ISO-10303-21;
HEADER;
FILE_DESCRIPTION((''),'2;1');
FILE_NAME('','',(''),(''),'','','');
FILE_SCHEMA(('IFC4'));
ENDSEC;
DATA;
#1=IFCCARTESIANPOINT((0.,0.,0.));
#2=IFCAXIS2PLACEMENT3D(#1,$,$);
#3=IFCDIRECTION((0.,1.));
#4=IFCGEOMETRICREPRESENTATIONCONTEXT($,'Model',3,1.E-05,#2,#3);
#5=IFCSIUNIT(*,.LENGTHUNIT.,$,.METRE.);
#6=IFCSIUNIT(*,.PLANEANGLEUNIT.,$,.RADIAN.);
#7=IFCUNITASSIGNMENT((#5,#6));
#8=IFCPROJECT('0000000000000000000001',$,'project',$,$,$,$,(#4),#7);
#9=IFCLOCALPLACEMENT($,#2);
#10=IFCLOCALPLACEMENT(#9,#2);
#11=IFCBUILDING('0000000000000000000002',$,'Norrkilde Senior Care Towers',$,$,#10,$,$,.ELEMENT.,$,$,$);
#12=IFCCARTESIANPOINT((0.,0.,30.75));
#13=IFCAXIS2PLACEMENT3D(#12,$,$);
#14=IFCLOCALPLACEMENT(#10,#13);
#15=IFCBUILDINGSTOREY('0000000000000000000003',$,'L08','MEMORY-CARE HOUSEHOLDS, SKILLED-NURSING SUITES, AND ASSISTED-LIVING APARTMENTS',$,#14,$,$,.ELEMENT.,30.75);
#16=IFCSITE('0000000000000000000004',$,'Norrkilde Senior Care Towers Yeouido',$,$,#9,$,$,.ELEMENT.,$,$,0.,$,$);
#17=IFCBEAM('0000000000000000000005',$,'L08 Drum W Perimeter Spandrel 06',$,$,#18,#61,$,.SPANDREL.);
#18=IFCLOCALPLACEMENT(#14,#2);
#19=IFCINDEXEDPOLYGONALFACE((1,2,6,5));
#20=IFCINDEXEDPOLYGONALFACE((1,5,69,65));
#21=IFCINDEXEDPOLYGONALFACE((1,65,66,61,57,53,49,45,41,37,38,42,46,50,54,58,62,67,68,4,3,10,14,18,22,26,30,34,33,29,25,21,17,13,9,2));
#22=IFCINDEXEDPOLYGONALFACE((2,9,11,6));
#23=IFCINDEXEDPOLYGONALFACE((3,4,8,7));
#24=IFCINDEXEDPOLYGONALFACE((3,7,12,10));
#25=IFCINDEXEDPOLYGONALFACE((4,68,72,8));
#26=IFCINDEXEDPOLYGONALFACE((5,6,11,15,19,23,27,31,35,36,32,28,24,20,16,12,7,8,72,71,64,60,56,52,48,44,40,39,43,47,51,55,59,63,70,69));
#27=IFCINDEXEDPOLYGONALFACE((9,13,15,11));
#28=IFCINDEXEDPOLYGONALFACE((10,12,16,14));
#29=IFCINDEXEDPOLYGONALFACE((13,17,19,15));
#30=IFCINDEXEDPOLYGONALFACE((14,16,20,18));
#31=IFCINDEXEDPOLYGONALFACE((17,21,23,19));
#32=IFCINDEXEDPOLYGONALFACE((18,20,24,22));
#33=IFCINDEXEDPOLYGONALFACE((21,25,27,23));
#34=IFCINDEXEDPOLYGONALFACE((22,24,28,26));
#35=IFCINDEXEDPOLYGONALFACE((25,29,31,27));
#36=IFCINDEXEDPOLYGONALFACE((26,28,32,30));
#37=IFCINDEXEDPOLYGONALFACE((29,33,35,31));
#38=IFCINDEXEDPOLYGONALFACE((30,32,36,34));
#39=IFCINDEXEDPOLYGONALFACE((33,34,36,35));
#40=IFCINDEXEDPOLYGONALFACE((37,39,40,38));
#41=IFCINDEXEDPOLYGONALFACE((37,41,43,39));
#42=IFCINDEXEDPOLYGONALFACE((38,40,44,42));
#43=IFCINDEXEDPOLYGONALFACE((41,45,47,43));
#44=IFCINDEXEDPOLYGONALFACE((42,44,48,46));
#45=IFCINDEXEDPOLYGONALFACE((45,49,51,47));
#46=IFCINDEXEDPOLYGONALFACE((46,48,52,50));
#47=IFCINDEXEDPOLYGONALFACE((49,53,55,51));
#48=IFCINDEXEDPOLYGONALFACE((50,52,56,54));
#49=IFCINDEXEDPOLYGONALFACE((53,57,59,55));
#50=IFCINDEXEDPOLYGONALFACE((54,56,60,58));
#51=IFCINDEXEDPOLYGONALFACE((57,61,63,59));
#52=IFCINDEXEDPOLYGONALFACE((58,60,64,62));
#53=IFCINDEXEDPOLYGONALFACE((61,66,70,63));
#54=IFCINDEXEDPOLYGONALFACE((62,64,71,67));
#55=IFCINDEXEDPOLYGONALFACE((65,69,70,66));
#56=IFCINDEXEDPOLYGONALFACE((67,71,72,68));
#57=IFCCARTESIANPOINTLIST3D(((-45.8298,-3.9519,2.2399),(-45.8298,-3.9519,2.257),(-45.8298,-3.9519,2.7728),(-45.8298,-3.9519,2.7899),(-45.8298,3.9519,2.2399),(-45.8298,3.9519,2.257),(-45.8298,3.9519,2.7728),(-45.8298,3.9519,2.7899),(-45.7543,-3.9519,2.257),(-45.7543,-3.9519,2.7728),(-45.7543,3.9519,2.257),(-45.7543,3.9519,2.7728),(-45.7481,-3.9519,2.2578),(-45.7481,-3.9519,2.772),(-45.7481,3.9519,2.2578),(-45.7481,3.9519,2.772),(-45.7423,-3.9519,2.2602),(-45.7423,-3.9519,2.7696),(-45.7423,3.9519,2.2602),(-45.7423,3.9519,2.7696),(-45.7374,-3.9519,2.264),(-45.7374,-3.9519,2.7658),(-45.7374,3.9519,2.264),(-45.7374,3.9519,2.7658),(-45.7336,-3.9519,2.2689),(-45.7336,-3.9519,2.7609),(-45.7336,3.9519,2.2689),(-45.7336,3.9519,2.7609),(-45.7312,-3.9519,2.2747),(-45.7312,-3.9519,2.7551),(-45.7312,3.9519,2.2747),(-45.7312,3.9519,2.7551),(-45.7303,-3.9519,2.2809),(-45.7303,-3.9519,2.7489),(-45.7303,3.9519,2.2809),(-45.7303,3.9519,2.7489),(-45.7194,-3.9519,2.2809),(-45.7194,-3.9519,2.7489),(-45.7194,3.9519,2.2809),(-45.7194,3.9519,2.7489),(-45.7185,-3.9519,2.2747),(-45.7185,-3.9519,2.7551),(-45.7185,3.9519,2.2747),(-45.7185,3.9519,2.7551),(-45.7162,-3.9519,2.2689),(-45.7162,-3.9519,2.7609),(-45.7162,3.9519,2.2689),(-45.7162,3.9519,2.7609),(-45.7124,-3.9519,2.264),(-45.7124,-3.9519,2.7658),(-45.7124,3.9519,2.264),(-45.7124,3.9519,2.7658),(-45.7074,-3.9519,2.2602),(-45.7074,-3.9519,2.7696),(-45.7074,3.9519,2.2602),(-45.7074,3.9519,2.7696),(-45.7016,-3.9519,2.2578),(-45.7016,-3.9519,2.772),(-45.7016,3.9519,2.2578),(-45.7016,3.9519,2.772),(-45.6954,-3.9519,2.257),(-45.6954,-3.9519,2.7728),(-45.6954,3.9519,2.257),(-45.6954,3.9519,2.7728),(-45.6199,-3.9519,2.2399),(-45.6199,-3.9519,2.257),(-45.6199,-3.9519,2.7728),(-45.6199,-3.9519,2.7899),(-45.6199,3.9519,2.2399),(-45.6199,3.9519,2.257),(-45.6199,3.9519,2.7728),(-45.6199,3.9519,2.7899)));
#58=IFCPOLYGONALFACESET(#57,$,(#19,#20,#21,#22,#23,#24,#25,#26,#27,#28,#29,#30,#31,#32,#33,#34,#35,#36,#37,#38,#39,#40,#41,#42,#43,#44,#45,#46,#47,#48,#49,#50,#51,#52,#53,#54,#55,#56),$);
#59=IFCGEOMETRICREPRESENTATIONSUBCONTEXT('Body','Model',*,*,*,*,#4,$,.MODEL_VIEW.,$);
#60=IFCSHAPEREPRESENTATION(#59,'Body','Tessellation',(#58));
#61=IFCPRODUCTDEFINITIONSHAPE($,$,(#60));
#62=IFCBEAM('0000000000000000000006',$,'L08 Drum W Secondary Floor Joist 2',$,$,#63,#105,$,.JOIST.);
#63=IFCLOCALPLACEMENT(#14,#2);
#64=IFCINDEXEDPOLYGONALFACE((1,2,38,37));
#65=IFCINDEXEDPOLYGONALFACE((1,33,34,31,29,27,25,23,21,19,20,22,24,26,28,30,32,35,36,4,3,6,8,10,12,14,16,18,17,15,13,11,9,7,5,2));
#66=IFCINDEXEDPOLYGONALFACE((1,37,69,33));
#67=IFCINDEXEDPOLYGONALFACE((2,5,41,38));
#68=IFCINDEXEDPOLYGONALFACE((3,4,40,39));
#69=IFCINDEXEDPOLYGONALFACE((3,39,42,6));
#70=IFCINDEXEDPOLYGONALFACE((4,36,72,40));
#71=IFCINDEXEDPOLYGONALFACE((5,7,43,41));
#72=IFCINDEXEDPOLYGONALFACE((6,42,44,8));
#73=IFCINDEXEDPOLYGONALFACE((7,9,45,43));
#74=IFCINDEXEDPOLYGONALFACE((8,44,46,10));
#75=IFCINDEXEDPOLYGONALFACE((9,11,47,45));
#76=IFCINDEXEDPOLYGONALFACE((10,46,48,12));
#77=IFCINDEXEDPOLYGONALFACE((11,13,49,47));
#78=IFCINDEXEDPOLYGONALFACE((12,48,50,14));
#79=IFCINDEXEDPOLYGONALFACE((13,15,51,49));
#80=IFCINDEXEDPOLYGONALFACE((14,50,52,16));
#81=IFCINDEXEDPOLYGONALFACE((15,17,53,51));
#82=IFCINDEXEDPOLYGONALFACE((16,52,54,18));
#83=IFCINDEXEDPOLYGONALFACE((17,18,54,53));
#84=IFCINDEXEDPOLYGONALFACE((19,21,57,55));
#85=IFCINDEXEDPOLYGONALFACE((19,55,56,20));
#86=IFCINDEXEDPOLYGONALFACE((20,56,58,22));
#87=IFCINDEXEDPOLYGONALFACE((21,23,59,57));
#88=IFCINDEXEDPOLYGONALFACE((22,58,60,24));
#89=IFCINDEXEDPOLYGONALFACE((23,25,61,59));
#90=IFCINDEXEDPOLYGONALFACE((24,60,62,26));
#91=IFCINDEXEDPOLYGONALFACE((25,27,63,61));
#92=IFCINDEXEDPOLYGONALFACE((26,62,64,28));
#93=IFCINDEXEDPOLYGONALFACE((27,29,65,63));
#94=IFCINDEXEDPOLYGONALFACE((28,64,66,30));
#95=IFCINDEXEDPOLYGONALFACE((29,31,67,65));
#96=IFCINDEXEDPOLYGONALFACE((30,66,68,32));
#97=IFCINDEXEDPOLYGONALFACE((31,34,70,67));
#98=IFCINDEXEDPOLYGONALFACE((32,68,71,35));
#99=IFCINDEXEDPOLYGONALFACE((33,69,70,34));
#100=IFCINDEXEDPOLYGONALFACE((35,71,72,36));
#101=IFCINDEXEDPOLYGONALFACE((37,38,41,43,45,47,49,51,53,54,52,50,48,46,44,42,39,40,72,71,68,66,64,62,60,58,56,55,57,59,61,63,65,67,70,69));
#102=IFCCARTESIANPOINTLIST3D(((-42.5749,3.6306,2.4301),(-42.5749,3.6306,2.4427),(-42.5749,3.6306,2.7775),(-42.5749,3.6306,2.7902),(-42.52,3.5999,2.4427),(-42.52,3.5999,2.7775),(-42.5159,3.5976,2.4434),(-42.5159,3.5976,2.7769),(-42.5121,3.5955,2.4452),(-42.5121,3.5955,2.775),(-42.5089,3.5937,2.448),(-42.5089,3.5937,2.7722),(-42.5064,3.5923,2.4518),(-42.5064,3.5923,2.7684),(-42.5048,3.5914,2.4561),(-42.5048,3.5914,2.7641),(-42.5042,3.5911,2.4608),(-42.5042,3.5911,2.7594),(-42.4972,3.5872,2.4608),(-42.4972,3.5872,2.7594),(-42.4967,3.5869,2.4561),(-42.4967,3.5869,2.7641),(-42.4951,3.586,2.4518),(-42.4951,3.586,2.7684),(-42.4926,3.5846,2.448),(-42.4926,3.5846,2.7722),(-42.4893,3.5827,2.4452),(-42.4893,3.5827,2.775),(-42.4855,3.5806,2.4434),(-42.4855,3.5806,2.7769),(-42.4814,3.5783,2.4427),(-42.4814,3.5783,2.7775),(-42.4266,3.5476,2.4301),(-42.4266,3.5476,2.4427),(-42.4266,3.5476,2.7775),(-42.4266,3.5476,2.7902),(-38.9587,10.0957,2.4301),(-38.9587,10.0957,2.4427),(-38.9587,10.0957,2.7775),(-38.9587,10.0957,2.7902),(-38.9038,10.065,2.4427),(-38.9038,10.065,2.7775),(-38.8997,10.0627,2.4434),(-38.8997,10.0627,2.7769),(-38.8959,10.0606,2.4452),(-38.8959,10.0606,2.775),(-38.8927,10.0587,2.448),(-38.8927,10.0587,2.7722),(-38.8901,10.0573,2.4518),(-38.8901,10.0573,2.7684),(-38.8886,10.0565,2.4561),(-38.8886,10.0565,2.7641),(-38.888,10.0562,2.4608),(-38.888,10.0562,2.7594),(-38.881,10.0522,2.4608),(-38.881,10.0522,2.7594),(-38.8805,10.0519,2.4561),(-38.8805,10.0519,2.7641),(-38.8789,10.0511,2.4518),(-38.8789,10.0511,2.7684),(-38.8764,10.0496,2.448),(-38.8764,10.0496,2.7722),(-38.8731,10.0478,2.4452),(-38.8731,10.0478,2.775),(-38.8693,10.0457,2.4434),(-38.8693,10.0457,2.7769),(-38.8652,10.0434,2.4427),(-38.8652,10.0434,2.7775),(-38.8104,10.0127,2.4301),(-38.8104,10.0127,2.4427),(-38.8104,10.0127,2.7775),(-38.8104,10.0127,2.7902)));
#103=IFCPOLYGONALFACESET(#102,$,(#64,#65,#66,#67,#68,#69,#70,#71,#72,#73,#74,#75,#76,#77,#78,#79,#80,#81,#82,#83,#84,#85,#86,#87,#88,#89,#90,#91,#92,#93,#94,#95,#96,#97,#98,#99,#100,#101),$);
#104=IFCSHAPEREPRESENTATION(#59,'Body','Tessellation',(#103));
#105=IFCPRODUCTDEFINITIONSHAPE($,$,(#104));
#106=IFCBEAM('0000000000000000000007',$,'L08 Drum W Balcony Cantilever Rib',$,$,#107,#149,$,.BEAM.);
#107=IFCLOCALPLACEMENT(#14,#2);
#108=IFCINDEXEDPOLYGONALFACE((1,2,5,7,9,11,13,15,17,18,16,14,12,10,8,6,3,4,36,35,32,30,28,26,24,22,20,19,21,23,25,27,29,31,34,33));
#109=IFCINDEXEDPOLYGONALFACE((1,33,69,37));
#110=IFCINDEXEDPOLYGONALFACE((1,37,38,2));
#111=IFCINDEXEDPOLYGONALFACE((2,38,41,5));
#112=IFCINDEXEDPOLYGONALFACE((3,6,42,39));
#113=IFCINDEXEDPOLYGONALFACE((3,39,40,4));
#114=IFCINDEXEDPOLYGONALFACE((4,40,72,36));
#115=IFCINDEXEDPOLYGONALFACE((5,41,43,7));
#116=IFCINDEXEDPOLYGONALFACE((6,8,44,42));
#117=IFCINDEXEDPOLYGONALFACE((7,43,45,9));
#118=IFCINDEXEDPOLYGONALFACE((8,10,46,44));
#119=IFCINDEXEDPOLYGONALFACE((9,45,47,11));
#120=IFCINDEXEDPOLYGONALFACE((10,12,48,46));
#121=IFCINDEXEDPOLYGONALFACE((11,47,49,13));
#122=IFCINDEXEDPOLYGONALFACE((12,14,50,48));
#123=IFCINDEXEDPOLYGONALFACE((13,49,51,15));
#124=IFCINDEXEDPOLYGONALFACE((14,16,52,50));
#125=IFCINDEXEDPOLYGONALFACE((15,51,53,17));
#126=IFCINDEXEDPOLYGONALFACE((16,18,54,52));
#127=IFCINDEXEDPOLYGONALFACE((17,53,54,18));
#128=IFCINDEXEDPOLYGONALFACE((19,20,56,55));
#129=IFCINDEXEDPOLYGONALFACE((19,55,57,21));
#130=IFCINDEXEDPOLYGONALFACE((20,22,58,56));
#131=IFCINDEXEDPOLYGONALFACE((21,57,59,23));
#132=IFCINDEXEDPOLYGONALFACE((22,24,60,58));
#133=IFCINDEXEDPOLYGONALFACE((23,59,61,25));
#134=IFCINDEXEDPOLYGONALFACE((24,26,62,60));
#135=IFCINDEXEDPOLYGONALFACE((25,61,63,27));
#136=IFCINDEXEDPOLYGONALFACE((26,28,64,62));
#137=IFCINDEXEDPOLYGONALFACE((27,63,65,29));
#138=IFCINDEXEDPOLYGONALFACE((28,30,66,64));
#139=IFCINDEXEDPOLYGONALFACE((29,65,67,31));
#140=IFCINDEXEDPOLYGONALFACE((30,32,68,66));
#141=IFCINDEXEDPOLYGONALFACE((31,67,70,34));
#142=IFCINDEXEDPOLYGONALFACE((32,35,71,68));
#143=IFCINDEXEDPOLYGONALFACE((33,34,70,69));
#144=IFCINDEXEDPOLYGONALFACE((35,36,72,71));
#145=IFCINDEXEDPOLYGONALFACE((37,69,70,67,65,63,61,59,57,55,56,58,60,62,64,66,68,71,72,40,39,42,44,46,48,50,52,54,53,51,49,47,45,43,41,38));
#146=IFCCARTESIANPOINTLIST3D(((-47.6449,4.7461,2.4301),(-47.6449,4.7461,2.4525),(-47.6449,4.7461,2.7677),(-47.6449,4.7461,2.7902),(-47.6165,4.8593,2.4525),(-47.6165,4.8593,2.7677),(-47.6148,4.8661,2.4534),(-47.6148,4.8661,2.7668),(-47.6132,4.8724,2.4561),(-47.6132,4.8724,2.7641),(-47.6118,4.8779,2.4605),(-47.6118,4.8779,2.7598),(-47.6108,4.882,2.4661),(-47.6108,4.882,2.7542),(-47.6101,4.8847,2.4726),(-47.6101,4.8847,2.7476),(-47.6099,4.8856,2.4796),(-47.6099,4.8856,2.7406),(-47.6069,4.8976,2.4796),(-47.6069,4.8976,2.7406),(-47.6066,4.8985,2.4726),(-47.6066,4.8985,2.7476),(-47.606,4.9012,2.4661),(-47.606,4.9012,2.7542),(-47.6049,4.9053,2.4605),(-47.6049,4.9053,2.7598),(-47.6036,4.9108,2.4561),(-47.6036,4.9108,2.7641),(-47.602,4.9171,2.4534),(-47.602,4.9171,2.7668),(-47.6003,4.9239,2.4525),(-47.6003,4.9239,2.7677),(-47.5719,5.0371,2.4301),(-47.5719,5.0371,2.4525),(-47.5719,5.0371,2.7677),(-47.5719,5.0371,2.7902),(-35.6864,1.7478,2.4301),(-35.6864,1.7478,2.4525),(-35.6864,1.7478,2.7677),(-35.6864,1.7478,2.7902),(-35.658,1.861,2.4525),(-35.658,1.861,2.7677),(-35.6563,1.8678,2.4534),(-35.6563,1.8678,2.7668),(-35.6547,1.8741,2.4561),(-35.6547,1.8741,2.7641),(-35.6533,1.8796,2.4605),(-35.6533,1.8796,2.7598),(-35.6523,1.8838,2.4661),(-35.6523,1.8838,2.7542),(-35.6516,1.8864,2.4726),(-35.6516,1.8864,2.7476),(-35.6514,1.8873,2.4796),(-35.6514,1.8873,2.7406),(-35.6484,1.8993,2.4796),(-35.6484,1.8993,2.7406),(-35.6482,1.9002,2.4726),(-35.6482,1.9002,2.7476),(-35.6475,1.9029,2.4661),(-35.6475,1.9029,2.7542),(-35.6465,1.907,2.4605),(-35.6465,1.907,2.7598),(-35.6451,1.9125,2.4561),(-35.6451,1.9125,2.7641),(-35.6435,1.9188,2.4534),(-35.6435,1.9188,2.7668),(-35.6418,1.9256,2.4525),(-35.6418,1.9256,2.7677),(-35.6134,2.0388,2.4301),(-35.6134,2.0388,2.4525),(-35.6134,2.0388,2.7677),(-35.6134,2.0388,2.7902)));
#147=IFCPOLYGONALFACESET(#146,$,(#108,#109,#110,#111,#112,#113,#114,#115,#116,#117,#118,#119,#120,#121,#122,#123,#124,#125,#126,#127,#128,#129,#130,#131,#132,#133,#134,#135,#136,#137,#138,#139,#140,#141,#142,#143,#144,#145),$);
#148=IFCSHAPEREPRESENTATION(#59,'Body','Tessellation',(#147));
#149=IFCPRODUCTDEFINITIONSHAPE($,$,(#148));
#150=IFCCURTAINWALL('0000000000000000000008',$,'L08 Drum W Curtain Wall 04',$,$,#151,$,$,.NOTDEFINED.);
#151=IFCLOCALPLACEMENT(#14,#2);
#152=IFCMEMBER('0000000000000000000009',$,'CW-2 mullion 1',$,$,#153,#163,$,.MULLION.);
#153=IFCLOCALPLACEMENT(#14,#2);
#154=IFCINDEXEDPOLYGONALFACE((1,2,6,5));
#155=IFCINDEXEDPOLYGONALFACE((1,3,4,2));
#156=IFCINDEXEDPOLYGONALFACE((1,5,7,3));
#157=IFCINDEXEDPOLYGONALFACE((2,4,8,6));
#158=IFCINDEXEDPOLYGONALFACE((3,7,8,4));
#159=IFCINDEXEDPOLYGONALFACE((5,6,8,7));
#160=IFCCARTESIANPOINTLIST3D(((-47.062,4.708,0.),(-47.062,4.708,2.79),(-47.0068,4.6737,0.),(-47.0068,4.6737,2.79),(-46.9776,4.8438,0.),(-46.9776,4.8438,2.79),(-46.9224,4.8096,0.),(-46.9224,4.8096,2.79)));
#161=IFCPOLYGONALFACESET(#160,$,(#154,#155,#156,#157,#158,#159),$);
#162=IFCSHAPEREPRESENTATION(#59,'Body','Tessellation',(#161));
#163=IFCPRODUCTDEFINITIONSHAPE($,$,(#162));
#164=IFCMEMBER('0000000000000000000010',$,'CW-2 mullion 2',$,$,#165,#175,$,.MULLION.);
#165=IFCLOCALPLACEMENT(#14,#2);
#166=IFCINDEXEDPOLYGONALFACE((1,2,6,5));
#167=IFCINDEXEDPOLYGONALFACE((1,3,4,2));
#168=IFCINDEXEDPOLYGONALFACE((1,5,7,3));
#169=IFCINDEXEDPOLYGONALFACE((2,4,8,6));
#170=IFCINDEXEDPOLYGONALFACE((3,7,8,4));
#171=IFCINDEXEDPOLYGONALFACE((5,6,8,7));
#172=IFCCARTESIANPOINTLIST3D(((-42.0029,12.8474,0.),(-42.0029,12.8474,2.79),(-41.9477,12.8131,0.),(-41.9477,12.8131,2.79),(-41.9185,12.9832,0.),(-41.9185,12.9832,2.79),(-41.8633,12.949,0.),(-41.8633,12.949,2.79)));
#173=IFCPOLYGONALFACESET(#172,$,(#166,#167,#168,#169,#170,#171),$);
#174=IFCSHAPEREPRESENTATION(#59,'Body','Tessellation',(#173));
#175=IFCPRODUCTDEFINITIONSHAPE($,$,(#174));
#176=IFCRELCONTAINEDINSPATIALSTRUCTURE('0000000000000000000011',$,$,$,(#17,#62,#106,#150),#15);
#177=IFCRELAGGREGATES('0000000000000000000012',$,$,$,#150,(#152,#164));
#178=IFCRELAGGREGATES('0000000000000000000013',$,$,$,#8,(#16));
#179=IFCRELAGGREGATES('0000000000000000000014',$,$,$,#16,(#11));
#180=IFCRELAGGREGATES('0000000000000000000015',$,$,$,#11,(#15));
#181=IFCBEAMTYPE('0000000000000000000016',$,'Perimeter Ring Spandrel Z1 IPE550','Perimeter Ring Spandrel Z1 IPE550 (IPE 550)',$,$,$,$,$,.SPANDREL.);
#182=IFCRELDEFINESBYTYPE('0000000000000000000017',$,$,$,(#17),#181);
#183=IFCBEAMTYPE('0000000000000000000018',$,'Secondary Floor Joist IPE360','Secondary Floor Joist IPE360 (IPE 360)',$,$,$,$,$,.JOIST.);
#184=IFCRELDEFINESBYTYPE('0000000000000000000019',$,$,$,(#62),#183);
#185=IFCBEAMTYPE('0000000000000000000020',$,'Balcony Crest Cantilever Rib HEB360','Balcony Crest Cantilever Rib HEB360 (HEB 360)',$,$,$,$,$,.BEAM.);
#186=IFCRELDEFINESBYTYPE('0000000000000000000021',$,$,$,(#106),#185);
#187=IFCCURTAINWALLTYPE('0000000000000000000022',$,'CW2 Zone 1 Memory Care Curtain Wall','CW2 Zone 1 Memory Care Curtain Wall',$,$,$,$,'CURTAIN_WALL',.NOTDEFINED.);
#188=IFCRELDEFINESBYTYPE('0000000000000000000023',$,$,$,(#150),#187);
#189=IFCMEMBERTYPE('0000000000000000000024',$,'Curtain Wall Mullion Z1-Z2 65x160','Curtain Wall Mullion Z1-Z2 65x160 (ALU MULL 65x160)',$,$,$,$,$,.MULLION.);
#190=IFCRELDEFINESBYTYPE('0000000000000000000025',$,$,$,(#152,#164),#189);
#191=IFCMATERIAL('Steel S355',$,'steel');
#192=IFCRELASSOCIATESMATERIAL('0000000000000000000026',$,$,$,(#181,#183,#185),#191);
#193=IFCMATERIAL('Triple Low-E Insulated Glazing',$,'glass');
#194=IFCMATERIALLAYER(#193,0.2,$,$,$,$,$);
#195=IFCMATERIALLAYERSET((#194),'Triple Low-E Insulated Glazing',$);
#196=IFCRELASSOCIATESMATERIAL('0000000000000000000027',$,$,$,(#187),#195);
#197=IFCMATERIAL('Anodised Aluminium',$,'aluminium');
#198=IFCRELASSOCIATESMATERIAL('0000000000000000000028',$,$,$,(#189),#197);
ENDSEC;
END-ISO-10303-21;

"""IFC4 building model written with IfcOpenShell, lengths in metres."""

from ifc_helpers import new_model, si_unit, direction, frame, origin, origin_2d, place, context, subcontext, project, spatial, rectangle, i_section, extrude, source, transform, mapped, material, layer, layer_set, material_profile, profile_set, type_object, type_shapes, element, aggregate, save


model = new_model("IFC4")

# Units and contexts
model_context = context("Model", 3, precision=1e-05, world=origin(), true_north=direction((0.0, 1.0)))
body_context = subcontext(model_context, "Body", "Model", "MODEL_VIEW")
ifc_project = project(units=[si_unit("LENGTHUNIT", "METRE"), si_unit("PLANEANGLEUNIT", "RADIAN")], contexts=[model_context])

# Site, building, storey
site_placement = place(None, origin())
site = spatial("IfcSite", under=ifc_project, at=site_placement, Name="Norrkilde Senior Care Towers Yeouido", CompositionType="ELEMENT", RefElevation=0.0)
building_placement = place(site_placement, origin())
building = spatial("IfcBuilding", under=site, at=building_placement, Name="Norrkilde Senior Care Towers", CompositionType="ELEMENT")
storey_placement = place(building_placement, frame((0.0, 0.0, 30.75)))
storey = spatial("IfcBuildingStorey", under=building, at=storey_placement, Name="L08", Description="MEMORY-CARE HOUSEHOLDS, SKILLED-NURSING SUITES, AND ASSISTED-LIVING APARTMENTS", CompositionType="ELEMENT", Elevation=30.75)

# Beams
ifc_material_1 = material(Name="Steel S355", Category="steel")
ifc_material_profile_1 = material_profile(ifc_material_1, i_section(OverallWidth=0.21, OverallDepth=0.55, WebThickness=0.011, FlangeThickness=0.0171, FilletRadius=0.0239, at=origin_2d()), Name="IPE 550")
ifc_profile_set_1 = profile_set([ifc_material_profile_1], Name="Steel S355")
beam_type_1 = type_object("IfcBeamType", Name="Perimeter Ring Spandrel Z1 IPE550", Description="Perimeter Ring Spandrel Z1 IPE550 (IPE 550)", PredefinedType="SPANDREL", material=ifc_profile_set_1)
shared_shape_1 = source(origin(), body_context, "Body", "SweptSolid", [
    extrude(i_section(OverallWidth=0.21, OverallDepth=0.55, WebThickness=0.011, FlangeThickness=0.0171, FilletRadius=0.0239, at=origin_2d()), origin(), (0.0, 0.0, 1.0), 7.9038),
])
beam_1_placement = place(storey_placement, frame((-45.7249, 3.9519, 2.5149), z_axis=(0.0, -1.0, 0.0), x_axis=(1.0, 0.0, 0.0)))
element("IfcBeam", 1, at=beam_1_placement, inside=storey, type_object=beam_type_1, Name="L08 Drum W Perimeter Spandrel 06", PredefinedType="SPANDREL", context=body_context, shape_type="MappedRepresentation", body=[
    mapped(shared_shape_1, transform((0.0, 0.0, 0.0), x_axis=(1.0, 0.0, 0.0), y_axis=(0.0, 1.0, 0.0), z_axis=(0.0, 0.0, 1.0), scale=1.0)),
])
ifc_material_profile_2 = material_profile(ifc_material_1, i_section(OverallWidth=0.1699, OverallDepth=0.3601, WebThickness=0.0081, FlangeThickness=0.0127, FilletRadius=0.0181, at=origin_2d()), Name="IPE 360")
ifc_profile_set_2 = profile_set([ifc_material_profile_2], Name="Steel S355")
beam_type_2 = type_object("IfcBeamType", Name="Secondary Floor Joist IPE360", Description="Secondary Floor Joist IPE360 (IPE 360)", PredefinedType="JOIST", material=ifc_profile_set_2)
shared_shape_2 = source(origin(), body_context, "Body", "SweptSolid", [
    extrude(i_section(OverallWidth=0.1699, OverallDepth=0.3601, WebThickness=0.0081, FlangeThickness=0.0127, FilletRadius=0.0181, at=origin_2d()), origin(), (0.0, 0.0, 1.0), 7.4077),
])
type_shapes(beam_type_2, [shared_shape_2])
beam_2_placement = place(storey_placement, frame((-38.8845, 10.0542, 2.6101), z_axis=(-0.488168, -0.87275, 0.0), x_axis=(0.87275, -0.488168, 0.0)))
element("IfcBeam", 2, at=beam_2_placement, inside=storey, type_object=beam_type_2, Name="L08 Drum W Secondary Floor Joist 2", PredefinedType="JOIST", context=body_context, shape_type="MappedRepresentation", body=[
    mapped(shared_shape_2, transform((0.0, 0.0, 0.0), x_axis=(1.0, 0.0, 0.0), y_axis=(0.0, 1.0, 0.0), z_axis=(0.0, 0.0, 1.0), scale=1.0)),
])
ifc_material_profile_3 = material_profile(ifc_material_1, i_section(OverallWidth=0.3, OverallDepth=0.3601, WebThickness=0.0125, FlangeThickness=0.0225, FilletRadius=0.0271, at=origin_2d()), Name="HEB 360")
ifc_profile_set_3 = profile_set([ifc_material_profile_3], Name="Steel S355")
beam_type_3 = type_object("IfcBeamType", Name="Balcony Crest Cantilever Rib HEB360", Description="Balcony Crest Cantilever Rib HEB360 (HEB 360)", PredefinedType="BEAM", material=ifc_profile_set_3)
shared_shape_3 = source(origin(), body_context, "Body", "SweptSolid", [
    extrude(i_section(OverallWidth=0.3, OverallDepth=0.3601, WebThickness=0.0125, FlangeThickness=0.0225, FilletRadius=0.0271, at=origin_2d()), origin(), (0.0, 0.0, 1.0), 12.3286),
])
type_shapes(beam_type_3, [shared_shape_3])
beam_3_placement = place(storey_placement, frame((-35.6499, 1.8933, 2.6101), z_axis=(-0.969977, 0.243197, 0.0), x_axis=(-0.243197, -0.969977, 0.0)))
element("IfcBeam", 3, at=beam_3_placement, inside=storey, type_object=beam_type_3, Name="L08 Drum W Balcony Cantilever Rib", PredefinedType="BEAM", context=body_context, shape_type="MappedRepresentation", body=[
    mapped(shared_shape_3, transform((0.0, 0.0, 0.0), x_axis=(1.0, 0.0, 0.0), y_axis=(0.0, 1.0, 0.0), z_axis=(0.0, 0.0, 1.0), scale=1.0)),
])

# Curtain wall, members
ifc_material_2 = material(Name="Triple Low-E Insulated Glazing", Category="glass")
ifc_layer_1 = layer(ifc_material_2, 0.2)
ifc_layer_set_1 = layer_set([ifc_layer_1], Name="Triple Low-E Insulated Glazing")
curtain_wall_type = type_object("IfcCurtainWallType", Name="CW2 Zone 1 Memory Care Curtain Wall", Description="CW2 Zone 1 Memory Care Curtain Wall", ElementType="CURTAIN_WALL", PredefinedType="NOTDEFINED", material=ifc_layer_set_1)
curtain_wall_1_placement = place(storey_placement, origin())
curtain_wall_1 = element("IfcCurtainWall", 4, at=curtain_wall_1_placement, inside=storey, type_object=curtain_wall_type, Name="L08 Drum W Curtain Wall 04", PredefinedType="NOTDEFINED")
ifc_material_3 = material(Name="Anodised Aluminium", Category="aluminium")
ifc_material_profile_4 = material_profile(ifc_material_3, rectangle(XDim=0.0649, YDim=0.1599, at=origin_2d()), Name="ALU MULL 65x160")
ifc_profile_set_4 = profile_set([ifc_material_profile_4], Name="Anodised Aluminium")
member_type_1 = type_object("IfcMemberType", Name="Curtain Wall Mullion Z1-Z2 65x160", Description="Curtain Wall Mullion Z1-Z2 65x160 (ALU MULL 65x160)", PredefinedType="MULLION", material=ifc_profile_set_4)
shared_shape_4 = source(origin(), body_context, "Body", "SweptSolid", [
    extrude(rectangle(XDim=0.0649, YDim=0.1599, at=origin_2d()), origin(), (0.0, 0.0, 1.0), 2.79),
])
type_shapes(member_type_1, [shared_shape_4])
member_1_placement = place(storey_placement, frame((-46.9922, 4.7588, 0.0), z_axis=(0.0, 0.0, 1.0), x_axis=(-0.849306, 0.527901, 0.0)))
member_1 = element("IfcMember", 5, at=member_1_placement, type_object=member_type_1, Name="CW-2 mullion 1", PredefinedType="MULLION", context=body_context, shape_type="MappedRepresentation", body=[
    mapped(shared_shape_4, transform((0.0, 0.0, 0.0), x_axis=(1.0, 0.0, 0.0), y_axis=(0.0, 1.0, 0.0), z_axis=(0.0, 0.0, 1.0), scale=1.0)),
])
member_2_placement = place(storey_placement, frame((-41.9331, 12.8982, 0.0), z_axis=(0.0, 0.0, 1.0), x_axis=(-0.849306, 0.527901, 0.0)))
member_2 = element("IfcMember", 6, at=member_2_placement, type_object=member_type_1, Name="CW-2 mullion 2", PredefinedType="MULLION", context=body_context, shape_type="MappedRepresentation", body=[
    mapped(shared_shape_4, transform((0.0, 0.0, 0.0), x_axis=(1.0, 0.0, 0.0), y_axis=(0.0, 1.0, 0.0), z_axis=(0.0, 0.0, 1.0), scale=1.0)),
])

aggregate(curtain_wall_1, [member_1, member_2])

save(model, "model.ifc")
